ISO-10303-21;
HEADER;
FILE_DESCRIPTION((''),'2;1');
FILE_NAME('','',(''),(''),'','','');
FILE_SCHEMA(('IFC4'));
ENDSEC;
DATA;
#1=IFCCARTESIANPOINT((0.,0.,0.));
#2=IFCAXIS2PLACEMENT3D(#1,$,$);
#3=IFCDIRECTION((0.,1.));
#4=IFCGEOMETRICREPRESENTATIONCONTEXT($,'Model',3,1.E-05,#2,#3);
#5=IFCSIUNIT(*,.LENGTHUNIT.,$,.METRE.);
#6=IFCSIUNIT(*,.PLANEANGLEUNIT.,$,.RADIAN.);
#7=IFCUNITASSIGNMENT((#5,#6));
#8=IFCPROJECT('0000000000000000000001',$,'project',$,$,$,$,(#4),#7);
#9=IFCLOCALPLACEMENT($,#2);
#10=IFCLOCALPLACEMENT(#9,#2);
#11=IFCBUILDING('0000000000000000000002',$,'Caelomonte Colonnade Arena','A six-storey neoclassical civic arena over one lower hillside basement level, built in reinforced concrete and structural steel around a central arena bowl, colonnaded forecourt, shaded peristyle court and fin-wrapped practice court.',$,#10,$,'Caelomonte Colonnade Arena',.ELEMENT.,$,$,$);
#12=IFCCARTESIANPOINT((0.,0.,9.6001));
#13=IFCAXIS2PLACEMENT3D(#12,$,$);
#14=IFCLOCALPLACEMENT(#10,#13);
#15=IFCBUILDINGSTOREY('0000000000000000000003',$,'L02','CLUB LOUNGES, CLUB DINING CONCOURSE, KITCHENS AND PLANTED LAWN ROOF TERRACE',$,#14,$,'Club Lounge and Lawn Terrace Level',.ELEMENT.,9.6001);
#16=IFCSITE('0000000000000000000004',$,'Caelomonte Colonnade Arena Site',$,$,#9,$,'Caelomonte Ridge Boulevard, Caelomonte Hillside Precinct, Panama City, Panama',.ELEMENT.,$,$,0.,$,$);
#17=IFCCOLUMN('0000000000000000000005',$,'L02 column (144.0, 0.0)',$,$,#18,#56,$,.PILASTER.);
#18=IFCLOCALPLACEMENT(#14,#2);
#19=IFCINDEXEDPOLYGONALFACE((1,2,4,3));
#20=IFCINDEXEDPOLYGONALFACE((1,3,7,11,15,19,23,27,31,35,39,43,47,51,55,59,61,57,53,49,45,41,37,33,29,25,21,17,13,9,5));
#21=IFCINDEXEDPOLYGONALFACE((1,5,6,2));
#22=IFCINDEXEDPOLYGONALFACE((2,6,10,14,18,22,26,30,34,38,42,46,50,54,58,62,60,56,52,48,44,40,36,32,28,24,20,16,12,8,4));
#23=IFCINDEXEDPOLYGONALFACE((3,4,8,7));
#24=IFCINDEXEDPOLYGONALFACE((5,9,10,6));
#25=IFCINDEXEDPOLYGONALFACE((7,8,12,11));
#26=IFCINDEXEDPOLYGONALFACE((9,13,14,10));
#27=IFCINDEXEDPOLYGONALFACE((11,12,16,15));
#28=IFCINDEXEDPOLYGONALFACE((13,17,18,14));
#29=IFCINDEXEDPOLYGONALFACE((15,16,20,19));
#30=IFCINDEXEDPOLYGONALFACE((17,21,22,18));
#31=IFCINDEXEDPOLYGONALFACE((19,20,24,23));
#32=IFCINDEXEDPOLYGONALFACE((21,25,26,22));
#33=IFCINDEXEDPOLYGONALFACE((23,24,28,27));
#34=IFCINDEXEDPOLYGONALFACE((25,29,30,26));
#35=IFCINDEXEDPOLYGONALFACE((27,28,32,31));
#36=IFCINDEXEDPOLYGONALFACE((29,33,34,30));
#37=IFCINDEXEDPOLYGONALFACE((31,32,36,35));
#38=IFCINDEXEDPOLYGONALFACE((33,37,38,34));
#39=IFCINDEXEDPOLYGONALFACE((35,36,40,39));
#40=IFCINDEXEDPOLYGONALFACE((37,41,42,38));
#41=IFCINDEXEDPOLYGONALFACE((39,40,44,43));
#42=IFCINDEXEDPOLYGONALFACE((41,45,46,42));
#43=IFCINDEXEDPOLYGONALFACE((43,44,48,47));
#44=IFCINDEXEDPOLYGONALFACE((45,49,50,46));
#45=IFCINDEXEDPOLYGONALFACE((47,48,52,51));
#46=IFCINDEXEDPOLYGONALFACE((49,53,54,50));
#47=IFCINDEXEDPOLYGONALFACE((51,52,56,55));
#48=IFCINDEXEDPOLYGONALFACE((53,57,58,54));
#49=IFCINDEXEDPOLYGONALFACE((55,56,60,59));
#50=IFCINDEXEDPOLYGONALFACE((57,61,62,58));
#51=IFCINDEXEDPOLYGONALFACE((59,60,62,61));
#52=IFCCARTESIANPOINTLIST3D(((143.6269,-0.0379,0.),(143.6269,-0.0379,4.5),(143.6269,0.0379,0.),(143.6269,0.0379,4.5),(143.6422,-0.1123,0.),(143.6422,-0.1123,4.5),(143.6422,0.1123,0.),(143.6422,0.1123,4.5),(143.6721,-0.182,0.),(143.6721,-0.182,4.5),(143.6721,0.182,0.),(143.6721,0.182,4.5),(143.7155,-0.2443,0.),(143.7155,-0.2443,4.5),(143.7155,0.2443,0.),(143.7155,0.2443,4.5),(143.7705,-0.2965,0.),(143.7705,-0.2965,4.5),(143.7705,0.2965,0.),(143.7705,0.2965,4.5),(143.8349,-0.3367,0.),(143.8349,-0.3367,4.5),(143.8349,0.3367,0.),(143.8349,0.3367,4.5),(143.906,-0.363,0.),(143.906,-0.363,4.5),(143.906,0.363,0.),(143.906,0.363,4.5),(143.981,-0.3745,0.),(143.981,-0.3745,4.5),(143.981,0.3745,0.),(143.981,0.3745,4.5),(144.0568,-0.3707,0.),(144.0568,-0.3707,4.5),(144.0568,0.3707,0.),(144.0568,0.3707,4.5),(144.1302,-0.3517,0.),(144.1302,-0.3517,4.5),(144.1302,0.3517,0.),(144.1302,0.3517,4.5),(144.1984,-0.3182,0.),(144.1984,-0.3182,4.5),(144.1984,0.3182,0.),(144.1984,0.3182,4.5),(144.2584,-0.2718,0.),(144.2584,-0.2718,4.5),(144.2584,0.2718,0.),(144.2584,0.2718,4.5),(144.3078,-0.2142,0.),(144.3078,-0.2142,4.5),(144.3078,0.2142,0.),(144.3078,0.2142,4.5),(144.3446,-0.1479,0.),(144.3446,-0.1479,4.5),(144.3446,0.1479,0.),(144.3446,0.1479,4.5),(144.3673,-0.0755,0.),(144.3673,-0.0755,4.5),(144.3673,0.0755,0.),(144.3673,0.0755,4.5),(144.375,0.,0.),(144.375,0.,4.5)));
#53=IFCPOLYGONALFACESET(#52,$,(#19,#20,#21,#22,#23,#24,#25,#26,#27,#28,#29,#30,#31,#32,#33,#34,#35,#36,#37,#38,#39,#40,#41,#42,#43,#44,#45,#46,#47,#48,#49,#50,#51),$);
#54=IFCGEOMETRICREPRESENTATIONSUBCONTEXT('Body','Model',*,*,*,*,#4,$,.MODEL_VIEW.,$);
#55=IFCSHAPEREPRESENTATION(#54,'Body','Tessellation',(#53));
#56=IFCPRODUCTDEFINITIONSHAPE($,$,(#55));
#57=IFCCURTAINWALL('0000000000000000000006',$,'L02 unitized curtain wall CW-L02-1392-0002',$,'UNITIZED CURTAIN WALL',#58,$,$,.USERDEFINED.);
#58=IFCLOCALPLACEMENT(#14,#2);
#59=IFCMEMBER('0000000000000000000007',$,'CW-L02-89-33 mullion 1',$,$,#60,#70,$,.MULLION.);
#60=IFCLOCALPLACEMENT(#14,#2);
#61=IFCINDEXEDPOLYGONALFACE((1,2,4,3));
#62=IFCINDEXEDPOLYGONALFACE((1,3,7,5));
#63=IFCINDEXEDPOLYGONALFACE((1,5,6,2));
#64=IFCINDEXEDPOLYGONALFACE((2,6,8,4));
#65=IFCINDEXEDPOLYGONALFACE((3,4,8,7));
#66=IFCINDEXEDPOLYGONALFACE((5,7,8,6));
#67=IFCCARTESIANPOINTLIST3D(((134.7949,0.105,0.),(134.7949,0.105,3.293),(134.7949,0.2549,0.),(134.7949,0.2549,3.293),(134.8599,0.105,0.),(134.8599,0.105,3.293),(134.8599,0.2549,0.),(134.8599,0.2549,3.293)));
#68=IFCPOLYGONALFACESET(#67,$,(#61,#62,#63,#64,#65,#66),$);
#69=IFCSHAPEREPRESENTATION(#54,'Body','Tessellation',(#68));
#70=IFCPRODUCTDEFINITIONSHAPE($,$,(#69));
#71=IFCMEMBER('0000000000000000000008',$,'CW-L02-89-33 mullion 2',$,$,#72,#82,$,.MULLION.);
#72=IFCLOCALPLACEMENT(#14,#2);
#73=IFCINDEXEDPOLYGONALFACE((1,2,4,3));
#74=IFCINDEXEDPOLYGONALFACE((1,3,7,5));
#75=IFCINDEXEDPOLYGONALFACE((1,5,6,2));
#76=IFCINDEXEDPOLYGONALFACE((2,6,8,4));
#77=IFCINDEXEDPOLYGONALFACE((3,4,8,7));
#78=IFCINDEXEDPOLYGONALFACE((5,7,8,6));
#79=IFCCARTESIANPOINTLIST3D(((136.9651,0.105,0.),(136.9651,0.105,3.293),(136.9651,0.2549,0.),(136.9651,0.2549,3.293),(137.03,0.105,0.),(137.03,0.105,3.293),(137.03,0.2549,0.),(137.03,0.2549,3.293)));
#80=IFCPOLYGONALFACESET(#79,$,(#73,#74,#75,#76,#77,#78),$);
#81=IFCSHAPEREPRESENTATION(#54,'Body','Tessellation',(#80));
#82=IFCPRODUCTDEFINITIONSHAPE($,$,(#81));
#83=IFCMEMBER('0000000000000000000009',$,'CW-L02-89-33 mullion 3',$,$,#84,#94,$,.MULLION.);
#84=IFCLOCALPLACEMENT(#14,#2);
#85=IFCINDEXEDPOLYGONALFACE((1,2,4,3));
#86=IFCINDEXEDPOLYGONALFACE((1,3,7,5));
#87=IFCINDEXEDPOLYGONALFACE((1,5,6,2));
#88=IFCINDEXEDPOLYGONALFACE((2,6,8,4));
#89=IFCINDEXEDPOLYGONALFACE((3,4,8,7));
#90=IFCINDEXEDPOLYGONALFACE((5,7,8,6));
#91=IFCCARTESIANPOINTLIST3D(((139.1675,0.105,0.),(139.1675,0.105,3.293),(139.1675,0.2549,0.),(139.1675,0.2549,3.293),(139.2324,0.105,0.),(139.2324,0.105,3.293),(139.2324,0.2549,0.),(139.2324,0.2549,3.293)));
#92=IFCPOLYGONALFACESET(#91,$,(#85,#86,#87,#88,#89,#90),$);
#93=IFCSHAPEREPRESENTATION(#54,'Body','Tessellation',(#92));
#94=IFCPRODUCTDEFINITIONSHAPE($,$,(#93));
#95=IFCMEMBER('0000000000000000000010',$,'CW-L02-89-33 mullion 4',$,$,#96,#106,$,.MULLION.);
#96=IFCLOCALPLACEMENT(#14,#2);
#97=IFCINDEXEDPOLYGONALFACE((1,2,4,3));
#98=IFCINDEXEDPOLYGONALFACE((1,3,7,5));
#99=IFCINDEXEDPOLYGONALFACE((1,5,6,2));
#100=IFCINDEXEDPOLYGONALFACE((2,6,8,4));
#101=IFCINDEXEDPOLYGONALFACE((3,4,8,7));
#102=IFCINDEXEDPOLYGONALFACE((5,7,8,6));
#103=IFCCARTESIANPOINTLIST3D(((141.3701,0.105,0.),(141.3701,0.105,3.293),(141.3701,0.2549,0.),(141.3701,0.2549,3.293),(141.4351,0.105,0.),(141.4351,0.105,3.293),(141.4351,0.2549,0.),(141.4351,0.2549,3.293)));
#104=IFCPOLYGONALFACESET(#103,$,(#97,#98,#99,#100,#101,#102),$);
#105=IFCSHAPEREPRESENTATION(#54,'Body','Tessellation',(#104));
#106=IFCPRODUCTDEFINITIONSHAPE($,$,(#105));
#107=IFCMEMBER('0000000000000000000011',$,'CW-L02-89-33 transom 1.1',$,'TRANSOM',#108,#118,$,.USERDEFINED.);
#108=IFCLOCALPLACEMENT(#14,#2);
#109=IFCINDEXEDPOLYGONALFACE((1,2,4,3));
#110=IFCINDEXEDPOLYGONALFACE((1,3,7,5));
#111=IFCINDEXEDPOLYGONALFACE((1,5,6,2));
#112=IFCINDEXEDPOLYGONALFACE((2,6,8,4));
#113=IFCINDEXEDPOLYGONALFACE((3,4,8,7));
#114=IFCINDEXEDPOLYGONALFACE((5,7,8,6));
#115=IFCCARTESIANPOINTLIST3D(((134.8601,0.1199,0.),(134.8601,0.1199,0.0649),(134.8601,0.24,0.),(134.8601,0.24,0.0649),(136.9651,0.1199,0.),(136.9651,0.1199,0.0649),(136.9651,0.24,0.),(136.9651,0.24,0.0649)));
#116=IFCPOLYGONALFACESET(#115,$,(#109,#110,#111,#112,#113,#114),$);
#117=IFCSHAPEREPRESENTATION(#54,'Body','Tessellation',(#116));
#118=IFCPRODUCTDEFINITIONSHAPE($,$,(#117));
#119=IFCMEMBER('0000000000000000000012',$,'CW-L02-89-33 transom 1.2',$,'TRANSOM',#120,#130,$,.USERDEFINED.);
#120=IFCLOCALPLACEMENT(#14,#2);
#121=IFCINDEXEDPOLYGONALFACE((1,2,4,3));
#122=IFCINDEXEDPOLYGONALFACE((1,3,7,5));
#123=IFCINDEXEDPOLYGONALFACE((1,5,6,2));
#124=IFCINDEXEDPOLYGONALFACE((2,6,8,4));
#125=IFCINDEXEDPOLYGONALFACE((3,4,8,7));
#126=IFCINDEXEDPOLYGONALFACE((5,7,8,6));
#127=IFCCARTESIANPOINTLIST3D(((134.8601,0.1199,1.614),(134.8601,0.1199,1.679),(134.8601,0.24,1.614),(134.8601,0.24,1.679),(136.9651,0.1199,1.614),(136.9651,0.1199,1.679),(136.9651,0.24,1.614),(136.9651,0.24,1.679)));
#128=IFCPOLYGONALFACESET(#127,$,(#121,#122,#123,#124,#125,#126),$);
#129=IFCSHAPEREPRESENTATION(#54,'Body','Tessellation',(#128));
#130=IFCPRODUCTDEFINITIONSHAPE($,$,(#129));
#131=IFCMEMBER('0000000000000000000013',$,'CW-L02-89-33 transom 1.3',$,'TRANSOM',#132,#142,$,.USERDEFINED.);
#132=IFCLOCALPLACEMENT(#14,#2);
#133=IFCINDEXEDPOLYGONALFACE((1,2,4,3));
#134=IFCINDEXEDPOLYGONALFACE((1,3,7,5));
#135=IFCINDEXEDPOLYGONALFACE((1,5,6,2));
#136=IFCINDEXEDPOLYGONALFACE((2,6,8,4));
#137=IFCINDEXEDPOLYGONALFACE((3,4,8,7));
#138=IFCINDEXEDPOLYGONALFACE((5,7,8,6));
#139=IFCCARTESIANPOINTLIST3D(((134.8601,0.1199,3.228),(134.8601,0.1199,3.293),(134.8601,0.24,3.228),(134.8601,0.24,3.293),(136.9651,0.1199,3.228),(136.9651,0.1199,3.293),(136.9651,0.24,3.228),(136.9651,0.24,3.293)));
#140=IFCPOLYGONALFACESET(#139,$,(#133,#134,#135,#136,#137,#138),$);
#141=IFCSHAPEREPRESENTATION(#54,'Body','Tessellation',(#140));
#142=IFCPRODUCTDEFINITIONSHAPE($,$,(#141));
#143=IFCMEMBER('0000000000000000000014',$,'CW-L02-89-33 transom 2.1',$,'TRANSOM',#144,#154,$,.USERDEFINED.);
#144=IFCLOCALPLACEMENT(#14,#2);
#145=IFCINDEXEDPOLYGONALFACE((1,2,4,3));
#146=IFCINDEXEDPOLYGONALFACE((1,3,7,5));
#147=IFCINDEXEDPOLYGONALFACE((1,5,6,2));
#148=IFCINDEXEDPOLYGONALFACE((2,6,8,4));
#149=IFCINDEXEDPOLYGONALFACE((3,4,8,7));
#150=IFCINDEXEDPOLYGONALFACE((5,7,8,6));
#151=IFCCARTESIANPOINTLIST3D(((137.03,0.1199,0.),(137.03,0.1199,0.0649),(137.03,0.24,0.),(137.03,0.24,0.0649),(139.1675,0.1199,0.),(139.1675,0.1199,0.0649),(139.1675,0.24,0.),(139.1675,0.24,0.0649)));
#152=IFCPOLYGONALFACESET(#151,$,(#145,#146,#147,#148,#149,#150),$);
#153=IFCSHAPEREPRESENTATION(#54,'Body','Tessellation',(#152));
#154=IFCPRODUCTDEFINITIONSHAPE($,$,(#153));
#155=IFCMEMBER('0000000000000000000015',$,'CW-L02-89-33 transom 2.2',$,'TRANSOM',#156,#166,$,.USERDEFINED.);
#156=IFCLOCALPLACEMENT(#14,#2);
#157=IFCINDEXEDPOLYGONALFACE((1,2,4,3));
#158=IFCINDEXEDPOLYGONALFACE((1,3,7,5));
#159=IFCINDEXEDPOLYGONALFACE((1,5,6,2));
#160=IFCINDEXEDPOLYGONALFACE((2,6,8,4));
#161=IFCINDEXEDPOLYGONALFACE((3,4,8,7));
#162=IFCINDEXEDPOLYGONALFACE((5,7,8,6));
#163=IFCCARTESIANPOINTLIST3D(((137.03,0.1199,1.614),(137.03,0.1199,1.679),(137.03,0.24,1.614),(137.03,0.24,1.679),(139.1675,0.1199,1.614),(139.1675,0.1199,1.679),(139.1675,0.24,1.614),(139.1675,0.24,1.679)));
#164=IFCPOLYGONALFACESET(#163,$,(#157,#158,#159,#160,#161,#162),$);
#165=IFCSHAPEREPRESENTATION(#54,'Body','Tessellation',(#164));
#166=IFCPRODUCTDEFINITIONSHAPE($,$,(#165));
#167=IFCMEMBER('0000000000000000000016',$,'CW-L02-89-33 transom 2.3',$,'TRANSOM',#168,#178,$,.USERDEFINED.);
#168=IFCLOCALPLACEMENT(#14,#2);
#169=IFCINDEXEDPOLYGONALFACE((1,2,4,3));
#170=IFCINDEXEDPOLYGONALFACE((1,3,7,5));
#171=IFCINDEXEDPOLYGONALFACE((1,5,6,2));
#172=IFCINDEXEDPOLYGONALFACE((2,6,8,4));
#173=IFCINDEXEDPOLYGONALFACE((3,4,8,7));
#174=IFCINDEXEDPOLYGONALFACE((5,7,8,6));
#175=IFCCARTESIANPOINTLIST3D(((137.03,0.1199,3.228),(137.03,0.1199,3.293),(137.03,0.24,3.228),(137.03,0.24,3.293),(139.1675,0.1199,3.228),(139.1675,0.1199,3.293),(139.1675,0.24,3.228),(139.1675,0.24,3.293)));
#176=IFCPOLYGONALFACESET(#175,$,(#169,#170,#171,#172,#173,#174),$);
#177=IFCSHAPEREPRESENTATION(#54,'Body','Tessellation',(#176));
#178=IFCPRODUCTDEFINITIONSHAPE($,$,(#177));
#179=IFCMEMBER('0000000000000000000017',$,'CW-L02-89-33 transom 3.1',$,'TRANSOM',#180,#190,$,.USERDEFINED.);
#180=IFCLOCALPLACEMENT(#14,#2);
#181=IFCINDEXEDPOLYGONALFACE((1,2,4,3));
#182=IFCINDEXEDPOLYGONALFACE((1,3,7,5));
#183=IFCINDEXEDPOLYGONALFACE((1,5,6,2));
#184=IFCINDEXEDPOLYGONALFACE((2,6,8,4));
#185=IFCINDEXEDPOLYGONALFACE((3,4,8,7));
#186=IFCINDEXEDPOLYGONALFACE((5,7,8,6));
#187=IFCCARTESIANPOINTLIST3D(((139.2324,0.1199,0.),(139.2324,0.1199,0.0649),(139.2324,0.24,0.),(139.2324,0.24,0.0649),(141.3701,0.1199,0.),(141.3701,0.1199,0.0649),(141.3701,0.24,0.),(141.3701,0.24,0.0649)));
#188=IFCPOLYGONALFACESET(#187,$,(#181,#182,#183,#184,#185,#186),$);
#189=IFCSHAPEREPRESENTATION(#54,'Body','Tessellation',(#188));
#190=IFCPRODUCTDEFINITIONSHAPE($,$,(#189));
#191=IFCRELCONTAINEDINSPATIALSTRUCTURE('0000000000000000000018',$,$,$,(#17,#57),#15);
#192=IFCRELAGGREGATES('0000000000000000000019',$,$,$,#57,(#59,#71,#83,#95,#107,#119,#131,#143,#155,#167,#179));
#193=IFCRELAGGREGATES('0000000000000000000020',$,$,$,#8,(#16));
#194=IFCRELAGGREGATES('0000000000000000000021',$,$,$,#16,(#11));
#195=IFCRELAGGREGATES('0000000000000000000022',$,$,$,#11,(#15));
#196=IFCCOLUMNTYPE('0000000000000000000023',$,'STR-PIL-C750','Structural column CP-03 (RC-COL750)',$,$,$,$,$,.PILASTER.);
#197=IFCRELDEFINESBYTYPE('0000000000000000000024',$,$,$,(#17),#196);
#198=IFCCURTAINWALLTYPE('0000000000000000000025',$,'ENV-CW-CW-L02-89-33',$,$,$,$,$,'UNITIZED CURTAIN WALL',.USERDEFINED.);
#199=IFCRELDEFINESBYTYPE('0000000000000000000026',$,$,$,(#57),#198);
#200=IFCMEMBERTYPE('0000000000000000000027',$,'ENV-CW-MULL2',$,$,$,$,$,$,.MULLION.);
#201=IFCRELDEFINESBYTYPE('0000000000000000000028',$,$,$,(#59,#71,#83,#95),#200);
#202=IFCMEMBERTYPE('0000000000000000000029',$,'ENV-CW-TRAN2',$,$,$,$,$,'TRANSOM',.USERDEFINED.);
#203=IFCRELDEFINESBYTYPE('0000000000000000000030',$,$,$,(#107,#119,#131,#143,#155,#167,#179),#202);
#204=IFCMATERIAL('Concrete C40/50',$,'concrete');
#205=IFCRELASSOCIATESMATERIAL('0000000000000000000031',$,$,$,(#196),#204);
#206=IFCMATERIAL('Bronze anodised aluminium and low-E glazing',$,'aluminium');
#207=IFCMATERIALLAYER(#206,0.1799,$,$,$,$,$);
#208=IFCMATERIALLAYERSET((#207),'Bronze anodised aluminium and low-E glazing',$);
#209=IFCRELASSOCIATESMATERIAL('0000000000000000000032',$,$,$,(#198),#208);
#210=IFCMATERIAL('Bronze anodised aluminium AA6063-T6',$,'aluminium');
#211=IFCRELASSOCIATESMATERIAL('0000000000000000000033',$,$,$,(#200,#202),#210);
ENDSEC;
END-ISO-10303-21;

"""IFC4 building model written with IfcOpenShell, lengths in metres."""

from ifc_helpers import new_model, si_unit, direction, frame, origin, origin_2d, place, context, subcontext, project, spatial, rectangle, circle, extrude, material, layer, layer_set, material_profile, profile_set, type_object, element, aggregate, save


model = new_model("IFC4")

# Units and contexts
model_context = context("Model", 3, precision=1e-05, world=origin(), true_north=direction((0.0, 1.0)))
body_context = subcontext(model_context, "Body", "Model", "MODEL_VIEW")
ifc_project = project(units=[si_unit("LENGTHUNIT", "METRE"), si_unit("PLANEANGLEUNIT", "RADIAN")], contexts=[model_context])

# Site, building, storey
site_placement = place(None, origin())
site = spatial("IfcSite", under=ifc_project, at=site_placement, Name="Caelomonte Colonnade Arena Site", LongName="Caelomonte Ridge Boulevard, Caelomonte Hillside Precinct, Panama City, Panama", CompositionType="ELEMENT", RefElevation=0.0)
building_placement = place(site_placement, origin())
building = spatial("IfcBuilding", under=site, at=building_placement, Name="Caelomonte Colonnade Arena", Description="A six-storey neoclassical civic arena over one lower hillside basement level, built in reinforced concrete and structural steel around a central arena bowl, colonnaded forecourt, shaded peristyle court and fin-wrapped practice court.", LongName="Caelomonte Colonnade Arena", CompositionType="ELEMENT")
storey_placement = place(building_placement, frame((0.0, 0.0, 9.6001)))
storey = spatial("IfcBuildingStorey", under=building, at=storey_placement, Name="L02", Description="CLUB LOUNGES, CLUB DINING CONCOURSE, KITCHENS AND PLANTED LAWN ROOF TERRACE", LongName="Club Lounge and Lawn Terrace Level", CompositionType="ELEMENT", Elevation=9.6001)

# Column
ifc_material_1 = material(Name="Concrete C40/50", Category="concrete")
ifc_material_profile_1 = material_profile(ifc_material_1, circle(Radius=0.375, at=origin_2d()), Name="RC-COL750")
ifc_profile_set_1 = profile_set([ifc_material_profile_1], Name="Concrete C40/50")
column_type = type_object("IfcColumnType", Name="STR-PIL-C750", Description="Structural column CP-03 (RC-COL750)", PredefinedType="PILASTER", material=ifc_profile_set_1)
column_placement = place(storey_placement, frame((144.0, 0.0, 0.0), z_axis=(0.0, 0.0, 1.0), x_axis=(1.0, 0.0, 0.0)))
element("IfcColumn", 1, at=column_placement, inside=storey, type_object=column_type, Name="L02 column (144.0, 0.0)", PredefinedType="PILASTER", context=body_context, shape_type="SweptSolid", body=[
    extrude(circle(Radius=0.375, at=origin_2d()), origin(), (0.0, 0.0, 1.0), 4.5),
])

# Curtain wall, members
ifc_material_2 = material(Name="Bronze anodised aluminium and low-E glazing", Category="aluminium")
ifc_layer_1 = layer(ifc_material_2, 0.1799)
ifc_layer_set_1 = layer_set([ifc_layer_1], Name="Bronze anodised aluminium and low-E glazing")
curtain_wall_type = type_object("IfcCurtainWallType", Name="ENV-CW-CW-L02-89-33", ElementType="UNITIZED CURTAIN WALL", PredefinedType="USERDEFINED", material=ifc_layer_set_1)
curtain_wall_placement = place(storey_placement, origin())
curtain_wall = element("IfcCurtainWall", 2, at=curtain_wall_placement, inside=storey, type_object=curtain_wall_type, Name="L02 unitized curtain wall CW-L02-1392-0002", ObjectType="UNITIZED CURTAIN WALL", PredefinedType="USERDEFINED")
ifc_material_3 = material(Name="Bronze anodised aluminium AA6063-T6", Category="aluminium")
ifc_material_profile_2 = material_profile(ifc_material_3, rectangle(XDim=0.0649, YDim=0.1499, at=origin_2d()), Name="CWM-65X150")
ifc_profile_set_2 = profile_set([ifc_material_profile_2], Name="Bronze anodised aluminium AA6063-T6")
member_type_1 = type_object("IfcMemberType", Name="ENV-CW-MULL2", PredefinedType="MULLION", material=ifc_profile_set_2)
member_1_placement = place(storey_placement, frame((134.8274, 0.1799, 0.0), z_axis=(0.0, 0.0, 1.0), x_axis=(1.0, 0.0, 0.0)))
member_1 = element("IfcMember", 3, at=member_1_placement, type_object=member_type_1, Name="CW-L02-89-33 mullion 1", PredefinedType="MULLION", context=body_context, shape_type="SweptSolid", body=[
    extrude(rectangle(XDim=0.0649, YDim=0.1499, at=origin_2d()), origin(), (0.0, 0.0, 1.0), 3.293),
])
member_2_placement = place(storey_placement, frame((136.9976, 0.1799, 0.0), z_axis=(0.0, 0.0, 1.0), x_axis=(1.0, 0.0, 0.0)))
member_2 = element("IfcMember", 4, at=member_2_placement, type_object=member_type_1, Name="CW-L02-89-33 mullion 2", PredefinedType="MULLION", context=body_context, shape_type="SweptSolid", body=[
    extrude(rectangle(XDim=0.0649, YDim=0.1499, at=origin_2d()), origin(), (0.0, 0.0, 1.0), 3.293),
])
member_3_placement = place(storey_placement, frame((139.2, 0.1799, 0.0), z_axis=(0.0, 0.0, 1.0), x_axis=(1.0, 0.0, 0.0)))
member_3 = element("IfcMember", 5, at=member_3_placement, type_object=member_type_1, Name="CW-L02-89-33 mullion 3", PredefinedType="MULLION", context=body_context, shape_type="SweptSolid", body=[
    extrude(rectangle(XDim=0.0649, YDim=0.1499, at=origin_2d()), origin(), (0.0, 0.0, 1.0), 3.293),
])
member_4_placement = place(storey_placement, frame((141.4026, 0.1799, 0.0), z_axis=(0.0, 0.0, 1.0), x_axis=(1.0, 0.0, 0.0)))
member_4 = element("IfcMember", 6, at=member_4_placement, type_object=member_type_1, Name="CW-L02-89-33 mullion 4", PredefinedType="MULLION", context=body_context, shape_type="SweptSolid", body=[
    extrude(rectangle(XDim=0.0649, YDim=0.1499, at=origin_2d()), origin(), (0.0, 0.0, 1.0), 3.293),
])
ifc_material_profile_3 = material_profile(ifc_material_3, rectangle(XDim=0.0649, YDim=0.1201, at=origin_2d()), Name="CWT-65X120")
ifc_profile_set_3 = profile_set([ifc_material_profile_3], Name="Bronze anodised aluminium AA6063-T6")
member_type_2 = type_object("IfcMemberType", Name="ENV-CW-TRAN2", ElementType="TRANSOM", PredefinedType="USERDEFINED", material=ifc_profile_set_3)
member_5_placement = place(storey_placement, frame((134.8601, 0.1799, 0.0325), z_axis=(1.0, 0.0, 0.0), x_axis=(0.0, 0.0, 1.0)))
member_5 = element("IfcMember", 7, at=member_5_placement, type_object=member_type_2, Name="CW-L02-89-33 transom 1.1", ObjectType="TRANSOM", PredefinedType="USERDEFINED", context=body_context, shape_type="SweptSolid", body=[
    extrude(rectangle(XDim=0.0649, YDim=0.1201, at=origin_2d()), origin(), (0.0, 0.0, 1.0), 2.105),
])
member_6_placement = place(storey_placement, frame((134.8601, 0.1799, 1.6465), z_axis=(1.0, 0.0, 0.0), x_axis=(0.0, 0.0, 1.0)))
member_6 = element("IfcMember", 8, at=member_6_placement, type_object=member_type_2, Name="CW-L02-89-33 transom 1.2", ObjectType="TRANSOM", PredefinedType="USERDEFINED", context=body_context, shape_type="SweptSolid", body=[
    extrude(rectangle(XDim=0.0649, YDim=0.1201, at=origin_2d()), origin(), (0.0, 0.0, 1.0), 2.105),
])
member_7_placement = place(storey_placement, frame((134.8601, 0.1799, 3.2605), z_axis=(1.0, 0.0, 0.0), x_axis=(0.0, 0.0, 1.0)))
member_7 = element("IfcMember", 9, at=member_7_placement, type_object=member_type_2, Name="CW-L02-89-33 transom 1.3", ObjectType="TRANSOM", PredefinedType="USERDEFINED", context=body_context, shape_type="SweptSolid", body=[
    extrude(rectangle(XDim=0.0649, YDim=0.1201, at=origin_2d()), origin(), (0.0, 0.0, 1.0), 2.105),
])
member_8_placement = place(storey_placement, frame((137.03, 0.1799, 0.0325), z_axis=(1.0, 0.0, 0.0), x_axis=(0.0, 0.0, 1.0)))
member_8 = element("IfcMember", 10, at=member_8_placement, type_object=member_type_2, Name="CW-L02-89-33 transom 2.1", ObjectType="TRANSOM", PredefinedType="USERDEFINED", context=body_context, shape_type="SweptSolid", body=[
    extrude(rectangle(XDim=0.0649, YDim=0.1201, at=origin_2d()), origin(), (0.0, 0.0, 1.0), 2.1375),
])
member_9_placement = place(storey_placement, frame((137.03, 0.1799, 1.6465), z_axis=(1.0, 0.0, 0.0), x_axis=(0.0, 0.0, 1.0)))
member_9 = element("IfcMember", 11, at=member_9_placement, type_object=member_type_2, Name="CW-L02-89-33 transom 2.2", ObjectType="TRANSOM", PredefinedType="USERDEFINED", context=body_context, shape_type="SweptSolid", body=[
    extrude(rectangle(XDim=0.0649, YDim=0.1201, at=origin_2d()), origin(), (0.0, 0.0, 1.0), 2.1375),
])
member_10_placement = place(storey_placement, frame((137.03, 0.1799, 3.2605), z_axis=(1.0, 0.0, 0.0), x_axis=(0.0, 0.0, 1.0)))
member_10 = element("IfcMember", 12, at=member_10_placement, type_object=member_type_2, Name="CW-L02-89-33 transom 2.3", ObjectType="TRANSOM", PredefinedType="USERDEFINED", context=body_context, shape_type="SweptSolid", body=[
    extrude(rectangle(XDim=0.0649, YDim=0.1201, at=origin_2d()), origin(), (0.0, 0.0, 1.0), 2.1375),
])
member_11_placement = place(storey_placement, frame((139.2324, 0.1799, 0.0325), z_axis=(1.0, 0.0, 0.0), x_axis=(0.0, 0.0, 1.0)))
member_11 = element("IfcMember", 13, at=member_11_placement, type_object=member_type_2, Name="CW-L02-89-33 transom 3.1", ObjectType="TRANSOM", PredefinedType="USERDEFINED", context=body_context, shape_type="SweptSolid", body=[
    extrude(rectangle(XDim=0.0649, YDim=0.1201, at=origin_2d()), origin(), (0.0, 0.0, 1.0), 2.1377),
])

aggregate(curtain_wall, [member_1, member_2, member_3, member_4, member_5, member_6, member_7, member_8, member_9, member_10, member_11])

save(model, "model.ifc")
